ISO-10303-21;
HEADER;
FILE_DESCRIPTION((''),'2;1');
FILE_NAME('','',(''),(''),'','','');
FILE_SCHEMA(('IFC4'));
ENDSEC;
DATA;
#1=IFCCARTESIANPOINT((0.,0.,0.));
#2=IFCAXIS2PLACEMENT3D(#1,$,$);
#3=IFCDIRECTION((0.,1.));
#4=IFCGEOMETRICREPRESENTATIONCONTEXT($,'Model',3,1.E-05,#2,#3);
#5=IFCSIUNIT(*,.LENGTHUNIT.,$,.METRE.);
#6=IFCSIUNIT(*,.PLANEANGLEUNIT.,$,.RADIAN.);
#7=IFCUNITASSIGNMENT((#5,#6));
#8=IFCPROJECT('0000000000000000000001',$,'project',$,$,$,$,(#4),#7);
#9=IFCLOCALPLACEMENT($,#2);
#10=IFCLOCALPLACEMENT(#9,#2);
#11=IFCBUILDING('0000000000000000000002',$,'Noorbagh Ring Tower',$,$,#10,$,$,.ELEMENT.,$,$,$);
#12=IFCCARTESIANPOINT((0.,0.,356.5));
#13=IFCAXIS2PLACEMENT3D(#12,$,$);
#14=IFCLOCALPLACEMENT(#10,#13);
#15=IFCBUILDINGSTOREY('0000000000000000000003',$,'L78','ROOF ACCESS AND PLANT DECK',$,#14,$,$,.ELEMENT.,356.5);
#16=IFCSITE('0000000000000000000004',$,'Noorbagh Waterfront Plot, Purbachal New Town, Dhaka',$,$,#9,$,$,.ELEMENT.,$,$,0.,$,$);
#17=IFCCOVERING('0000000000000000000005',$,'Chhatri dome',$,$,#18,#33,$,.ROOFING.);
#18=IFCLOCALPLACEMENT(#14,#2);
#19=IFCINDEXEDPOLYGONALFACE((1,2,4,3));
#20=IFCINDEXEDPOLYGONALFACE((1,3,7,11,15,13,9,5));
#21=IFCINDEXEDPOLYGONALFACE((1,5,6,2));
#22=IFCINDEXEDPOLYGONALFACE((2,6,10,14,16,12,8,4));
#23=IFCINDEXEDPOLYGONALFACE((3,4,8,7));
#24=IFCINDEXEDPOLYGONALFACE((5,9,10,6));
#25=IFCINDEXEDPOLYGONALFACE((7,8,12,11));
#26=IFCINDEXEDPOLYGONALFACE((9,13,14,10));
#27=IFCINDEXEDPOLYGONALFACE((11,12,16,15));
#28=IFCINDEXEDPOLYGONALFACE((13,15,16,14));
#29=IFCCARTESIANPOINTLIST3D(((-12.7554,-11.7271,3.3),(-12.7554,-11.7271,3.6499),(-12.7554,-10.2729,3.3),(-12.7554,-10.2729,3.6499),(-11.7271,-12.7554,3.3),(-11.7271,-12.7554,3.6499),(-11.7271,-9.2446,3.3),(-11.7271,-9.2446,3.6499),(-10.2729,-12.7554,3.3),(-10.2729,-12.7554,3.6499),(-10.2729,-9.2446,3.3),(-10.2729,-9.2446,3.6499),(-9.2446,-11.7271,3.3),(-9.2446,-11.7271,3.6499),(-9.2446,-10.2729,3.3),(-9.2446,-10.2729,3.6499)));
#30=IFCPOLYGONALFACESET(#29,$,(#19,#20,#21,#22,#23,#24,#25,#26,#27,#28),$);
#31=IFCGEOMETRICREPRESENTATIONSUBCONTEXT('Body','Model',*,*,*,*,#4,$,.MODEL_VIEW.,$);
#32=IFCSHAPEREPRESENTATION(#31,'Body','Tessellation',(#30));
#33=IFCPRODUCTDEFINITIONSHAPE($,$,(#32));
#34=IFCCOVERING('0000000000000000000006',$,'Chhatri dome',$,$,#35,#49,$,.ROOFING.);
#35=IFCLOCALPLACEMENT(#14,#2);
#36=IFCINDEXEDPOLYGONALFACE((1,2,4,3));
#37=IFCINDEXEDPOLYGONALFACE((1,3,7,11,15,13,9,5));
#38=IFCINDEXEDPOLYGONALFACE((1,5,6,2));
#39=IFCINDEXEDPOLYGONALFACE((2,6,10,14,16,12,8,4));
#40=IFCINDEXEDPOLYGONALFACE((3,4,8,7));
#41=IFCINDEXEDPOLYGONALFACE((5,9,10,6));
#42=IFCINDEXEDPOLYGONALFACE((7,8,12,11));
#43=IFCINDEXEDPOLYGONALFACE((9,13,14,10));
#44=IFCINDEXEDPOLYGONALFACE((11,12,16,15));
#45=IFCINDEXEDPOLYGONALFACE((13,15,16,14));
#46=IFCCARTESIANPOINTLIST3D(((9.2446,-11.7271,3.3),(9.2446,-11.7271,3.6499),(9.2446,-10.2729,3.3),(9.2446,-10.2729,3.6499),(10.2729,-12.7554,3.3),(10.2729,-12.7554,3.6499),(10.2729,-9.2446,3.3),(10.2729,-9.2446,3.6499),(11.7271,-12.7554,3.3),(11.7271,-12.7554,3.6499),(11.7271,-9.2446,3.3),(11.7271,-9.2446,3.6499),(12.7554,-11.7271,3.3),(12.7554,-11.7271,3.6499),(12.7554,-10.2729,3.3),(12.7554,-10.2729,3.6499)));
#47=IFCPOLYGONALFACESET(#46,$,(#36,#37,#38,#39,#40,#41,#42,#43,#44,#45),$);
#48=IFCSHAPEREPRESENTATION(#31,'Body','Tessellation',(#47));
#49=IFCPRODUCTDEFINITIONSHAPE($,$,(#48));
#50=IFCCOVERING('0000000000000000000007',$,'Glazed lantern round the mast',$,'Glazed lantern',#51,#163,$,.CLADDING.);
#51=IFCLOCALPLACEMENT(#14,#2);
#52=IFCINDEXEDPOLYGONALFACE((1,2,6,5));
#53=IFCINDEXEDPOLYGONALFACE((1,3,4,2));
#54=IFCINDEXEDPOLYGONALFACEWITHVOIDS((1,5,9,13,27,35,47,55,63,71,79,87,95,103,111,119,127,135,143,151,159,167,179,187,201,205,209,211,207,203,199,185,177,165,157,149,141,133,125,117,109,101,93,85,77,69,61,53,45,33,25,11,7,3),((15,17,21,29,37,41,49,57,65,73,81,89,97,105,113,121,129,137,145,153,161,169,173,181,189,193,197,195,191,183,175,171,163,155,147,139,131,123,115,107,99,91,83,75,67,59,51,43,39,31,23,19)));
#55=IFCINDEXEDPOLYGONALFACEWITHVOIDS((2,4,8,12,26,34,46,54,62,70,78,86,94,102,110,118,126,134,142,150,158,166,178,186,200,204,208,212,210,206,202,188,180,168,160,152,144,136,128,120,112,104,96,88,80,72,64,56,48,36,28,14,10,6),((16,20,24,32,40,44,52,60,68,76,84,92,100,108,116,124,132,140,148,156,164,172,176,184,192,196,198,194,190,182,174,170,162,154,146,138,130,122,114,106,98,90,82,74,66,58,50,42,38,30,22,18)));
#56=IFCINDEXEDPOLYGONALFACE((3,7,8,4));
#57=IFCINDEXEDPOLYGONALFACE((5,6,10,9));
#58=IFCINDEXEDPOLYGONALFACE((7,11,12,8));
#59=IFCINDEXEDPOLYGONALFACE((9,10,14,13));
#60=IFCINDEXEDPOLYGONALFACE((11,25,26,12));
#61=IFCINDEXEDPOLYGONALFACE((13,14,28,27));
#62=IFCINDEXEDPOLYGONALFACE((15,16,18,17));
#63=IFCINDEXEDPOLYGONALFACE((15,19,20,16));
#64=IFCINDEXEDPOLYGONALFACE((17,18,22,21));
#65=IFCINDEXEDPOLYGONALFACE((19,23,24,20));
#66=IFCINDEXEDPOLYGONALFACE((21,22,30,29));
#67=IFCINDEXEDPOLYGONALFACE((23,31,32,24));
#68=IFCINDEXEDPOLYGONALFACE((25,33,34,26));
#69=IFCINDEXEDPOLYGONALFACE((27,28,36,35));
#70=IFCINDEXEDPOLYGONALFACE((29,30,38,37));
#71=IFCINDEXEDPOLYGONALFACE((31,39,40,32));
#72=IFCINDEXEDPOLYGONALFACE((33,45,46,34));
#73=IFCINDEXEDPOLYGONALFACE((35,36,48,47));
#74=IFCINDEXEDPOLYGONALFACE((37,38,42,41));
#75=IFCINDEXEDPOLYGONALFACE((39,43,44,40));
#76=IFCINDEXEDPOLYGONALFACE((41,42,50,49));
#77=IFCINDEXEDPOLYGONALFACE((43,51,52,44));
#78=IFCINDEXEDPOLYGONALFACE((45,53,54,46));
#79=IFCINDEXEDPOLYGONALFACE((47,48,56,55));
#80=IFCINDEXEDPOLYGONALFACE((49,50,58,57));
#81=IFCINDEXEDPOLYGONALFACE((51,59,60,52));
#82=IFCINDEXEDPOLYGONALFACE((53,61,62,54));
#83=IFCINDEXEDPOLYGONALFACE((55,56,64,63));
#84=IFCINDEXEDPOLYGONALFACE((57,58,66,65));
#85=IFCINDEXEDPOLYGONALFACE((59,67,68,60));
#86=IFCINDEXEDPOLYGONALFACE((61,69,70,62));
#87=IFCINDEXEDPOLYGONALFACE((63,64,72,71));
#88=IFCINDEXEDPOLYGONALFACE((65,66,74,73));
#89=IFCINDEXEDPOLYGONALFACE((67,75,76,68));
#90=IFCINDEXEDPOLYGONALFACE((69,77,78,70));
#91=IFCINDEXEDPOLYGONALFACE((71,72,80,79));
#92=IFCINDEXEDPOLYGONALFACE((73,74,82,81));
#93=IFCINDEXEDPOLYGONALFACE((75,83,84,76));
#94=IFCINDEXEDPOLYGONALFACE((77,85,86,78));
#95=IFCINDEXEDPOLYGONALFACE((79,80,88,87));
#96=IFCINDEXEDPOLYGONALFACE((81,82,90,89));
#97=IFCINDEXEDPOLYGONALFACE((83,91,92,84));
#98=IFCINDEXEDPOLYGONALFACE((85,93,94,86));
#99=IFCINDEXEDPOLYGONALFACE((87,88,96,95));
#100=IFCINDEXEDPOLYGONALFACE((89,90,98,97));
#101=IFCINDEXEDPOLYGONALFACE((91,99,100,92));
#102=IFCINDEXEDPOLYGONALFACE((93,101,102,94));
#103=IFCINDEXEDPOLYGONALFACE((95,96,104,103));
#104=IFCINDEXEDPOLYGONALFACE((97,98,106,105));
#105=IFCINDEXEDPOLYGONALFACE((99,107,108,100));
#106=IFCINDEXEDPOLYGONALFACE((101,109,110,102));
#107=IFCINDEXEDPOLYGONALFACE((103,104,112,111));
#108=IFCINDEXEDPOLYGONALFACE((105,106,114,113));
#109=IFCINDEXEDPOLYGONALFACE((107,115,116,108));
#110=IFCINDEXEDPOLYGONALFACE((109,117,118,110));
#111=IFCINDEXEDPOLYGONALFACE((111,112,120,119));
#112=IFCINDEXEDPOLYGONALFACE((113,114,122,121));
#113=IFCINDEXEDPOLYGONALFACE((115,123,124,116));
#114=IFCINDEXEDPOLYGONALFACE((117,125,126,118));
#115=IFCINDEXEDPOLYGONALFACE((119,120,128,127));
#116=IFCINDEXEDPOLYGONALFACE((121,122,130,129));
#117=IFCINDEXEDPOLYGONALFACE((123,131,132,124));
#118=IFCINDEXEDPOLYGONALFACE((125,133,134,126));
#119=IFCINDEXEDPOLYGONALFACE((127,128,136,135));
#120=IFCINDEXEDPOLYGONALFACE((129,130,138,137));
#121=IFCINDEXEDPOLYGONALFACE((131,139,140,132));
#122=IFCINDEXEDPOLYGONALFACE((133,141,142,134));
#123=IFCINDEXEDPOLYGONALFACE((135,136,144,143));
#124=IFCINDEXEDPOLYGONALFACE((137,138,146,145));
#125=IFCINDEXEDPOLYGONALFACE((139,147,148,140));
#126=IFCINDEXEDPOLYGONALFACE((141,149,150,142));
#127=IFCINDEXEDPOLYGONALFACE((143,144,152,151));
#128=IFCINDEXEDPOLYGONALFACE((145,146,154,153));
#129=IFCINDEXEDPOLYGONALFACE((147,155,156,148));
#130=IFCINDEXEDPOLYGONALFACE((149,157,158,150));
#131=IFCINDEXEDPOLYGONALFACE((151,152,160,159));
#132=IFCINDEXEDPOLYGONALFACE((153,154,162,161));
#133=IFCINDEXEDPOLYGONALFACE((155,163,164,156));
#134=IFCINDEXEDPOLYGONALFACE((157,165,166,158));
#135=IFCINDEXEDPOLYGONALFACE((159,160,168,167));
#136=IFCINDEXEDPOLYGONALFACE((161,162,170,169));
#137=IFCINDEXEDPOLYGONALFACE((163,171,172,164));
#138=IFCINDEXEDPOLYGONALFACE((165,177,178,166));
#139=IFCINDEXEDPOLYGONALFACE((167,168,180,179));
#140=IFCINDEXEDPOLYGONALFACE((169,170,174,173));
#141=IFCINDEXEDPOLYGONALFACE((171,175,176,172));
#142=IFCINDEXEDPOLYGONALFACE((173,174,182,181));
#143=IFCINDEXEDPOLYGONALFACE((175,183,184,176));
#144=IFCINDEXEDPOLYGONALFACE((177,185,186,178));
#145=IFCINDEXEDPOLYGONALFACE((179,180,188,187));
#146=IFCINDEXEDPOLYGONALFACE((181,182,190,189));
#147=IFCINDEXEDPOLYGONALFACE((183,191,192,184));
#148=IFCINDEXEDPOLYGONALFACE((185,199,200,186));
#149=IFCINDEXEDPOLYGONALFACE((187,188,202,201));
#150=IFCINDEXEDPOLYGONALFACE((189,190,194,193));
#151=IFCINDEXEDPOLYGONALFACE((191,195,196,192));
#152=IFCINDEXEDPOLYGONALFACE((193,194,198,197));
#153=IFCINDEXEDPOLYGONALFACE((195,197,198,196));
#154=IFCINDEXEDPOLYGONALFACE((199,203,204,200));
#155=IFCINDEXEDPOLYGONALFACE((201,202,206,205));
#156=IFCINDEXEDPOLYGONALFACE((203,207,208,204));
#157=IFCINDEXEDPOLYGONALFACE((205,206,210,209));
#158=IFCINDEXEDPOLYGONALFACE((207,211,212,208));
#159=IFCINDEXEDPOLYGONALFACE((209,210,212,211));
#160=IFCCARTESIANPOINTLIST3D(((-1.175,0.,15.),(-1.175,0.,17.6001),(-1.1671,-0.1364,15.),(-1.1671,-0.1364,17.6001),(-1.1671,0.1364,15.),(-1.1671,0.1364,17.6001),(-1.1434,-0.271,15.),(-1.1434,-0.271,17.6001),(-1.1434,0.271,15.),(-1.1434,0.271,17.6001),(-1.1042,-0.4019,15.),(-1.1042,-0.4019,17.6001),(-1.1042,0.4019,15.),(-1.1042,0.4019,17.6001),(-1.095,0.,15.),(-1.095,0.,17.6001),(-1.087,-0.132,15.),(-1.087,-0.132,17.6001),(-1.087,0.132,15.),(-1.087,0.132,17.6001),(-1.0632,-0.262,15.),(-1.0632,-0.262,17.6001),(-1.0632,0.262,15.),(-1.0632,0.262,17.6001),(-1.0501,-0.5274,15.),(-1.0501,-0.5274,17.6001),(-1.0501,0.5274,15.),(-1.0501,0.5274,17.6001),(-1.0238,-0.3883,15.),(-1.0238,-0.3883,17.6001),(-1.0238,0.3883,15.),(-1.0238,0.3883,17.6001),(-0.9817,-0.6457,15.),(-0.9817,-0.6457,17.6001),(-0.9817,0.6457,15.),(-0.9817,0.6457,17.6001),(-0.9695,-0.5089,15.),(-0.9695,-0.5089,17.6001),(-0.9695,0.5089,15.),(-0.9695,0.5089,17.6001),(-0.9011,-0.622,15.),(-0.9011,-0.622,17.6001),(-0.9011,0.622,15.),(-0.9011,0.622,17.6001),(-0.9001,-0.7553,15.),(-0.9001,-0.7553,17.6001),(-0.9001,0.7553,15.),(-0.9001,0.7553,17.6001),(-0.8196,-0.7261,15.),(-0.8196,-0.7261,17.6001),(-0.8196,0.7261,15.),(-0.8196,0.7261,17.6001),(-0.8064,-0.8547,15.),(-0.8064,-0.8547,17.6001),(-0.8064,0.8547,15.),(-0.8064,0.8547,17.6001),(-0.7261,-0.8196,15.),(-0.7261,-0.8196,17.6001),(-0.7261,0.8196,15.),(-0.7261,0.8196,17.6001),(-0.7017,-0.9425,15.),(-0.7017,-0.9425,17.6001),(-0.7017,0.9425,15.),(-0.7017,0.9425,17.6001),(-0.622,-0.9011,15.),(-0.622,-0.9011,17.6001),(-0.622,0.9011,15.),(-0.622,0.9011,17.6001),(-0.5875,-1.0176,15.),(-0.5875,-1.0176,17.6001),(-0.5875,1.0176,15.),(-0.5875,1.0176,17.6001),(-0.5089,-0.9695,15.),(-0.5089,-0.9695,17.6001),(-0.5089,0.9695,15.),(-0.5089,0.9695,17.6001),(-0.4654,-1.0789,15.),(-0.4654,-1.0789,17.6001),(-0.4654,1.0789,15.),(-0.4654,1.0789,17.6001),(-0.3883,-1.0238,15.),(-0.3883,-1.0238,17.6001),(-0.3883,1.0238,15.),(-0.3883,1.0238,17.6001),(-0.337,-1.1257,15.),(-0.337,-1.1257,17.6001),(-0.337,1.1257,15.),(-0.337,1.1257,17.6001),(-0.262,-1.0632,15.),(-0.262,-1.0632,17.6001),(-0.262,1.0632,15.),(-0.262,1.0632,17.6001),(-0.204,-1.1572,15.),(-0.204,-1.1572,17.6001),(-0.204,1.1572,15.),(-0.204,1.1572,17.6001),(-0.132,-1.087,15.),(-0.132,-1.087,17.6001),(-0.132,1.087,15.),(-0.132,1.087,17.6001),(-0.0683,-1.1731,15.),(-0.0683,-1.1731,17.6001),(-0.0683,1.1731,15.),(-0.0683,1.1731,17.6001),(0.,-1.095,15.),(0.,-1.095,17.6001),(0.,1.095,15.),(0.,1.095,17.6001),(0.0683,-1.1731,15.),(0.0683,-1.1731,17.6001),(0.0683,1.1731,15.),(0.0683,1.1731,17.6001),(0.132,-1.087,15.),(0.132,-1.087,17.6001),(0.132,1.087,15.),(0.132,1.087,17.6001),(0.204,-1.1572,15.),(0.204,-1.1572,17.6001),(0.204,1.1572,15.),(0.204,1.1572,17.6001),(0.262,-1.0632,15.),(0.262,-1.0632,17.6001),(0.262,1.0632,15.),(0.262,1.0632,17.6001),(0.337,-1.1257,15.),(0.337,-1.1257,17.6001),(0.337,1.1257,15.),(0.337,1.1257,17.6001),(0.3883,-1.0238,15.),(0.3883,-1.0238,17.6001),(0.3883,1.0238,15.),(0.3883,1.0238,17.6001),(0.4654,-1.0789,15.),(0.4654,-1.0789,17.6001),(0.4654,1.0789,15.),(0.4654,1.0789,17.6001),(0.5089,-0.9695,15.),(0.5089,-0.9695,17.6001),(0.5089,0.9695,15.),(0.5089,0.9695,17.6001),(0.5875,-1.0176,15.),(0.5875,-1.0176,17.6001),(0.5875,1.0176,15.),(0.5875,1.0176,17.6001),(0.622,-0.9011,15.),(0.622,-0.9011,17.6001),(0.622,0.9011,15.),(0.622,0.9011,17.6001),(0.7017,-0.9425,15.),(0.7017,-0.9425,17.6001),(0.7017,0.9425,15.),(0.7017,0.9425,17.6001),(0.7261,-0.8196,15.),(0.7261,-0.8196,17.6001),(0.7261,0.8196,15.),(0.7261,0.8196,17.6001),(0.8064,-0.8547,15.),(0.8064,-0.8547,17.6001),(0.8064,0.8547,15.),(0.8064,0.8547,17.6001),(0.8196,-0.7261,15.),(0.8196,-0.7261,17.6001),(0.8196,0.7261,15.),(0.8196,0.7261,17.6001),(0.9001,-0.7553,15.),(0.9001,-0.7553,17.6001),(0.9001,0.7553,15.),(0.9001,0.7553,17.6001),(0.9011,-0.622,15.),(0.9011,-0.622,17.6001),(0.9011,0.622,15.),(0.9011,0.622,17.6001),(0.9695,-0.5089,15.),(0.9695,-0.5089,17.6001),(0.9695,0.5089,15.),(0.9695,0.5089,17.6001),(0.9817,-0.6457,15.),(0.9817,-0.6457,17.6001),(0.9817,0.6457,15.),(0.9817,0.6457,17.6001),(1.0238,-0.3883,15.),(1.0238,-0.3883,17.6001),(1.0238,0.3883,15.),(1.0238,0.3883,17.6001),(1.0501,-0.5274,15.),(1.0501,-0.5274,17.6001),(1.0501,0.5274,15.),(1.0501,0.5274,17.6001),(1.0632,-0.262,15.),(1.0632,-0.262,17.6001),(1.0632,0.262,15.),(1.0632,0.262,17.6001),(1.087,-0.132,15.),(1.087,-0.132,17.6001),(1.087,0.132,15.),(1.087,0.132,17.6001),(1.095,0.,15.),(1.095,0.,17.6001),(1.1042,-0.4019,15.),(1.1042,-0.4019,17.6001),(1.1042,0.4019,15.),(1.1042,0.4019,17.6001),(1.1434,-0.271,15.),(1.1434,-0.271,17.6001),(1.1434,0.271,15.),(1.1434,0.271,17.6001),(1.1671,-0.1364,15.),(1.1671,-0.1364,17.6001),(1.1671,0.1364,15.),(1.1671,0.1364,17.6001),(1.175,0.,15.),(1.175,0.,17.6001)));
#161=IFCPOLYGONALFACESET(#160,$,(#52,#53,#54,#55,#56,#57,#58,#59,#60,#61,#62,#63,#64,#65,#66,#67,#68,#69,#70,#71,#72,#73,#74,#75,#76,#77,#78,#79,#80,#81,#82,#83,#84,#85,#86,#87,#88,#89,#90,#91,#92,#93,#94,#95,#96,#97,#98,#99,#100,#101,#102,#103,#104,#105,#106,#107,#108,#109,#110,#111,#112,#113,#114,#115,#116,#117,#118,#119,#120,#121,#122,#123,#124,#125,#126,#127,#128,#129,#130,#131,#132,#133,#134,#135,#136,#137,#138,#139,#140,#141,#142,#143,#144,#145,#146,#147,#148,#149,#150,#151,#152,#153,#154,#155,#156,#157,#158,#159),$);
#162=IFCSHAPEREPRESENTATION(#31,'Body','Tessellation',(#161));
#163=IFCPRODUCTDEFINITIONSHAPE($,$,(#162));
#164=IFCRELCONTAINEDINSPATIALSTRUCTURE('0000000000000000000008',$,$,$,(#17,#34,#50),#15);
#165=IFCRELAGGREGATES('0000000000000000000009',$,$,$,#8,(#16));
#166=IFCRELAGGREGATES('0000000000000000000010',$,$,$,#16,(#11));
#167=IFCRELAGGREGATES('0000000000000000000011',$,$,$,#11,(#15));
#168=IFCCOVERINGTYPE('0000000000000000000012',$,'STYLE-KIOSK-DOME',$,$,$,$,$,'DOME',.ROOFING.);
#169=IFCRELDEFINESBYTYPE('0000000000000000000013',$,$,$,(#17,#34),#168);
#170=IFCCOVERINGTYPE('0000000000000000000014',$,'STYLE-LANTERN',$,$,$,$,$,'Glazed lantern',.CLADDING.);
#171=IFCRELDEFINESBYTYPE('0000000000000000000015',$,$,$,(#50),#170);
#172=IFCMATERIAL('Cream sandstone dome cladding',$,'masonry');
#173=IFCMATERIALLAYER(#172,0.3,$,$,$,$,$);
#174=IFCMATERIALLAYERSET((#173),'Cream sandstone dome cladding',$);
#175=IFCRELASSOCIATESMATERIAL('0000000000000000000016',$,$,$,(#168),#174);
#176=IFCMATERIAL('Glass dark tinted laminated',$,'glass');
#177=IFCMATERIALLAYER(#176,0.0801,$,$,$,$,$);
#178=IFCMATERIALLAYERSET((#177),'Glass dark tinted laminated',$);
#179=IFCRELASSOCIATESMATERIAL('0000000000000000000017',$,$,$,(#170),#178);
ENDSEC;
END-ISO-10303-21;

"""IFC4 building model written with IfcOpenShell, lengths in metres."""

from ifc_helpers import new_model, entity, si_unit, direction, frame, origin, place, context, subcontext, project, spatial, polyline, outline, extrude, material, layer, layer_set, type_object, element, save


model = new_model("IFC4")

# Units and contexts
model_context = context("Model", 3, precision=1e-05, world=origin(), true_north=direction((0.0, 1.0)))
body_context = subcontext(model_context, "Body", "Model", "MODEL_VIEW")
ifc_project = project(units=[si_unit("LENGTHUNIT", "METRE"), si_unit("PLANEANGLEUNIT", "RADIAN")], contexts=[model_context])

# Site, building, storey
site_placement = place(None, origin())
site = spatial("IfcSite", under=ifc_project, at=site_placement, Name="Noorbagh Waterfront Plot, Purbachal New Town, Dhaka", CompositionType="ELEMENT", RefElevation=0.0)
building_placement = place(site_placement, origin())
building = spatial("IfcBuilding", under=site, at=building_placement, Name="Noorbagh Ring Tower", CompositionType="ELEMENT")
storey_placement = place(building_placement, frame((0.0, 0.0, 356.5)))
storey = spatial("IfcBuildingStorey", under=building, at=storey_placement, Name="L78", Description="ROOF ACCESS AND PLANT DECK", CompositionType="ELEMENT", Elevation=356.5)

# Coverings
ifc_material_1 = material(Name="Cream sandstone dome cladding", Category="masonry")
ifc_layer_1 = layer(ifc_material_1, 0.3)
ifc_layer_set_1 = layer_set([ifc_layer_1], Name="Cream sandstone dome cladding")
covering_type_1 = type_object("IfcCoveringType", Name="STYLE-KIOSK-DOME", ElementType="DOME", PredefinedType="ROOFING", material=ifc_layer_set_1)
covering_1_placement = place(storey_placement, frame((0.0, 0.0, 3.3)))
element("IfcCovering", 1, at=covering_1_placement, inside=storey, type_object=covering_type_1, Name="Chhatri dome", PredefinedType="ROOFING", context=body_context, shape_type="SweptSolid", body=[
    extrude(outline(polyline([(-9.2446, -10.2729), (-10.2729, -9.2446), (-11.7271, -9.2446), (-12.7554, -10.2729), (-12.7554, -11.7271), (-11.7271, -12.7554), (-10.2729, -12.7554), (-9.2446, -11.7271), (-9.2446, -10.2729)])), origin(), (0.0, 0.0, 1.0), 0.3499),
])
covering_2_placement = place(storey_placement, frame((0.0, 0.0, 3.3)))
element("IfcCovering", 2, at=covering_2_placement, inside=storey, type_object=covering_type_1, Name="Chhatri dome", PredefinedType="ROOFING", context=body_context, shape_type="SweptSolid", body=[
    extrude(outline(polyline([(12.7554, -10.2729), (11.7271, -9.2446), (10.2729, -9.2446), (9.2446, -10.2729), (9.2446, -11.7271), (10.2729, -12.7554), (11.7271, -12.7554), (12.7554, -11.7271), (12.7554, -10.2729)])), origin(), (0.0, 0.0, 1.0), 0.3499),
])
ifc_material_2 = material(Name="Glass dark tinted laminated", Category="glass")
ifc_layer_2 = layer(ifc_material_2, 0.0801)
ifc_layer_set_2 = layer_set([ifc_layer_2], Name="Glass dark tinted laminated")
covering_type_2 = type_object("IfcCoveringType", Name="STYLE-LANTERN", ElementType="Glazed lantern", PredefinedType="CLADDING", material=ifc_layer_set_2)
covering_3_placement = place(storey_placement, frame((0.0, 0.0, 15.0), z_axis=(0.0, -1.0, 0.0), x_axis=(1.0, 0.0, 0.0)))
cartesian_point_1 = entity("IfcCartesianPoint", [1.175, 0.0])
cartesian_point_2 = entity("IfcCartesianPoint", [0.0, 0.0, 0.0])
element("IfcCovering", 3, at=covering_3_placement, inside=storey, type_object=covering_type_2, Name="Glazed lantern round the mast", ObjectType="Glazed lantern", PredefinedType="CLADDING", context=body_context, shape_type="SweptSolid", body=[
    entity("IfcRevolvedAreaSolid", entity("IfcArbitraryClosedProfileDef", "AREA", None, entity("IfcPolyline", [cartesian_point_1, entity("IfcCartesianPoint", [1.175, 2.6001]), entity("IfcCartesianPoint", [1.095, 2.6001]), entity("IfcCartesianPoint", [1.095, 0.0]), cartesian_point_1])), entity("IfcAxis2Placement3D", cartesian_point_2), entity("IfcAxis1Placement", cartesian_point_2, entity("IfcDirection", [0.0, 1.0, 0.0])), 6.283185),
])

save(model, "model.ifc")
